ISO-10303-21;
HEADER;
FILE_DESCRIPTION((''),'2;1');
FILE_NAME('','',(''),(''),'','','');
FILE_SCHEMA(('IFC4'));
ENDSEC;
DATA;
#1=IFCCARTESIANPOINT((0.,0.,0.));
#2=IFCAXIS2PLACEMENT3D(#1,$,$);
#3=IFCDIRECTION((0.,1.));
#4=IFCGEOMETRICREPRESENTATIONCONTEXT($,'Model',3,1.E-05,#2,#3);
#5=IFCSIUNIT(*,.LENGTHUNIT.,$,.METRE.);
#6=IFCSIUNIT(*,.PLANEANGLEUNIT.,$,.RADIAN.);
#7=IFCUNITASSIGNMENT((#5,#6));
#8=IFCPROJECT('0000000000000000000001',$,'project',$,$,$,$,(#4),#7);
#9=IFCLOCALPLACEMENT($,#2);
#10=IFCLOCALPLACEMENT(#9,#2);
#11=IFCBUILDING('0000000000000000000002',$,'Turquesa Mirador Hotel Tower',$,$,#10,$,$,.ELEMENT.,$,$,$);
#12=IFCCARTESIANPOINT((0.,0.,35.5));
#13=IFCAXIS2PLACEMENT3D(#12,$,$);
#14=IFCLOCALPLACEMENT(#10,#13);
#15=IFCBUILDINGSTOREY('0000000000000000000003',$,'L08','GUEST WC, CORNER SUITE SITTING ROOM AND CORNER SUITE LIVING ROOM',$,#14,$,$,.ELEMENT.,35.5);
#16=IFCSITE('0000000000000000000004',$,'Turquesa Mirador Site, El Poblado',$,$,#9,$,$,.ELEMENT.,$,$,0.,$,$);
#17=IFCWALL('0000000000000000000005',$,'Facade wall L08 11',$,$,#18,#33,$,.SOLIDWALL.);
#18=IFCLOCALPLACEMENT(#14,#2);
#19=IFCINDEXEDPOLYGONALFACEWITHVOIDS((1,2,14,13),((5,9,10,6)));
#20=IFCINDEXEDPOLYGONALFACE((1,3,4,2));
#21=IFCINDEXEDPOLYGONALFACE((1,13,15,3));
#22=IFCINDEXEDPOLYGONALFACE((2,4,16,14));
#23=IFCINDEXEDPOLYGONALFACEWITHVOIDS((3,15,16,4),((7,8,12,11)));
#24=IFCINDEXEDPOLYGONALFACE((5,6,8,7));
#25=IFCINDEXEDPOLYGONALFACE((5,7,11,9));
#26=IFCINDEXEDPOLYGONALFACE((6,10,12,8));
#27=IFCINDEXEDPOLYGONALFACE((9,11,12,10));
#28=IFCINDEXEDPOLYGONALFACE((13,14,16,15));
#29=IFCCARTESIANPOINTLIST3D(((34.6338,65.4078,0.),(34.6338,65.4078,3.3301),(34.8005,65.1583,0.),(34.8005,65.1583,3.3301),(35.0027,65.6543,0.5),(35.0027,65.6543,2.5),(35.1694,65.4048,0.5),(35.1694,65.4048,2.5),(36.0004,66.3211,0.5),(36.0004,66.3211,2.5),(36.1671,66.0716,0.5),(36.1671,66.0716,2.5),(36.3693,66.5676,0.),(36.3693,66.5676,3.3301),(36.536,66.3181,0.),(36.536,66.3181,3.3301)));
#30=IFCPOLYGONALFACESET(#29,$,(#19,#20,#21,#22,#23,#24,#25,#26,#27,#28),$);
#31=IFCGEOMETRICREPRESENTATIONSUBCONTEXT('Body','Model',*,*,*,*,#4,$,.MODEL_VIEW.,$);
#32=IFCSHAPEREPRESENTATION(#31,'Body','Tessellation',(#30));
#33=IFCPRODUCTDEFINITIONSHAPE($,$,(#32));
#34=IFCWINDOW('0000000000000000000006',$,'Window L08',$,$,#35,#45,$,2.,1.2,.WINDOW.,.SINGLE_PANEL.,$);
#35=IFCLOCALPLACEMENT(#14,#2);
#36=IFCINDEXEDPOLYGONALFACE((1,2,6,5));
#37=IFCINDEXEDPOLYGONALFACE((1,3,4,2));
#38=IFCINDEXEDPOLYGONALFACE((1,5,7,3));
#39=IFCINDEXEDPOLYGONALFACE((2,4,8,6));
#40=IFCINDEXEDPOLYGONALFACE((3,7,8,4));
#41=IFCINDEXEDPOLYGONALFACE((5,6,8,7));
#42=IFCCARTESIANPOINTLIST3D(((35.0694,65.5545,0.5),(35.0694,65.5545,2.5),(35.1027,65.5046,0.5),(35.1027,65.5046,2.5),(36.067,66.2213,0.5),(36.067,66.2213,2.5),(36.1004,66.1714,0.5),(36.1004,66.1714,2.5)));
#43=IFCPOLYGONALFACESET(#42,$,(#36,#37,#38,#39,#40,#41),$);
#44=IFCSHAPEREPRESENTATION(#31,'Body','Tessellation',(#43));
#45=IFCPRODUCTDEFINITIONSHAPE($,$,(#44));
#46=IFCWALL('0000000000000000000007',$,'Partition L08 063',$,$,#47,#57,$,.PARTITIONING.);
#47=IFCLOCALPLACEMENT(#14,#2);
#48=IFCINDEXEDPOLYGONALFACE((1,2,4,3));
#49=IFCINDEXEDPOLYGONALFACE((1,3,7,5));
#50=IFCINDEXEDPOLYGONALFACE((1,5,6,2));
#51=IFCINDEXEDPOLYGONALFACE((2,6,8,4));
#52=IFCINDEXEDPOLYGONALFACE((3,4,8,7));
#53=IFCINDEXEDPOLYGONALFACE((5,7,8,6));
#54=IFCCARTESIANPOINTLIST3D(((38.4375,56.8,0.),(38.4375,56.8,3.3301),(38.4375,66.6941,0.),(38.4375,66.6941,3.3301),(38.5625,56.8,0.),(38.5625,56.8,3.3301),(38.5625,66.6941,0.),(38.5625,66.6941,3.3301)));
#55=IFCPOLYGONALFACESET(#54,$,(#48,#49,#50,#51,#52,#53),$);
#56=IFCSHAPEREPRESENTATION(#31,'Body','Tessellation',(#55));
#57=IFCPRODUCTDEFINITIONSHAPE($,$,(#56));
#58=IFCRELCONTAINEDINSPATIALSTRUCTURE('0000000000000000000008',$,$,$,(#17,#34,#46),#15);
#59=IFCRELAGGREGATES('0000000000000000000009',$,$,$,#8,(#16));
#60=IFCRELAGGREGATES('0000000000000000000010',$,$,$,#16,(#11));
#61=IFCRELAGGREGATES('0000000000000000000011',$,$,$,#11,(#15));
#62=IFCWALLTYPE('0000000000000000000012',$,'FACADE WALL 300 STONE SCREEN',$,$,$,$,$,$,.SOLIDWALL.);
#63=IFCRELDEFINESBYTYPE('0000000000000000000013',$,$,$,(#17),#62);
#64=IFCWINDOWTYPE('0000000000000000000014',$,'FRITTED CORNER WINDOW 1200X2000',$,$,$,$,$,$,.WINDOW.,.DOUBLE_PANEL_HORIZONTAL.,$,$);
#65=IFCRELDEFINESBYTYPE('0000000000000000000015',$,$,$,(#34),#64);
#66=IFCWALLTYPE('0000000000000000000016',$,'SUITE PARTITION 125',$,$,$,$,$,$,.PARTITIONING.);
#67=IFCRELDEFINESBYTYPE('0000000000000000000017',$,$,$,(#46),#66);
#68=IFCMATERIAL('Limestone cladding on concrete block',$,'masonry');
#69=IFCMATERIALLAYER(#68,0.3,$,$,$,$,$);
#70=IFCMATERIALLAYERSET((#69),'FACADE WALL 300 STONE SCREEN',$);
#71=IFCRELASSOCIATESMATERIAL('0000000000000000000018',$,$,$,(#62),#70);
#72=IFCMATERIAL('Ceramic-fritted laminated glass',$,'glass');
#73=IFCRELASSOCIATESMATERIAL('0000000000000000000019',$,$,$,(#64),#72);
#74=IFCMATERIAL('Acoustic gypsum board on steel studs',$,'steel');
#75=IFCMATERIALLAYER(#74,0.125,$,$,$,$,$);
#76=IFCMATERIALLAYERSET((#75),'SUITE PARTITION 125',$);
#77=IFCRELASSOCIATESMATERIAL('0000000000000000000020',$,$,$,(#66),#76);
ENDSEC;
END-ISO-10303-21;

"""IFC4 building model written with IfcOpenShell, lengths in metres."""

from ifc_helpers import new_model, si_unit, direction, frame, frame_2d, origin, place, context, subcontext, project, spatial, rectangle, extrude, material, layer, layer_set, type_object, element, fill, save


model = new_model("IFC4")

# Units and contexts
model_context = context("Model", 3, precision=1e-05, world=origin(), true_north=direction((0.0, 1.0)))
body_context = subcontext(model_context, "Body", "Model", "MODEL_VIEW")
ifc_project = project(units=[si_unit("LENGTHUNIT", "METRE"), si_unit("PLANEANGLEUNIT", "RADIAN")], contexts=[model_context])

# Site, building, storey
site_placement = place(None, origin())
site = spatial("IfcSite", under=ifc_project, at=site_placement, Name="Turquesa Mirador Site, El Poblado", CompositionType="ELEMENT", RefElevation=0.0)
building_placement = place(site_placement, origin())
building = spatial("IfcBuilding", under=site, at=building_placement, Name="Turquesa Mirador Hotel Tower", CompositionType="ELEMENT")
storey_placement = place(building_placement, frame((0.0, 0.0, 35.5)))
storey = spatial("IfcBuildingStorey", under=building, at=storey_placement, Name="L08", Description="GUEST WC, CORNER SUITE SITTING ROOM AND CORNER SUITE LIVING ROOM", CompositionType="ELEMENT", Elevation=35.5)

# Wall, opening, window
ifc_material_1 = material(Name="Limestone cladding on concrete block", Category="masonry")
ifc_layer_1 = layer(ifc_material_1, 0.3)
ifc_layer_set_1 = layer_set([ifc_layer_1], Name="FACADE WALL 300 STONE SCREEN")
wall_type_1 = type_object("IfcWallType", Name="FACADE WALL 300 STONE SCREEN", PredefinedType="SOLIDWALL", material=ifc_layer_set_1)
ifc_material_2 = material(Name="Ceramic-fritted laminated glass", Category="glass")
window_type = type_object("IfcWindowType", Name="FRITTED CORNER WINDOW 1200X2000", PartitioningType="DOUBLE_PANEL_HORIZONTAL", PredefinedType="WINDOW", material=ifc_material_2)
wall_1_placement = place(storey_placement, frame((36.4526, 66.4429, 0.0), z_axis=(0.0, 0.0, 1.0), x_axis=(-0.83142, -0.555644, 0.0)))
wall_1 = element("IfcWall", 1, at=wall_1_placement, inside=storey, type_object=wall_type_1, Name="Facade wall L08 11", PredefinedType="SOLIDWALL", context=body_context, shape_type="SweptSolid", body=[
    extrude(rectangle(XDim=2.0874, YDim=0.3, at=frame_2d((1.0437, 0.0))), origin(), (0.0, 0.0, 1.0), 3.3301),
])
opening_1_placement = place(wall_1_placement, frame((0.4436, 0.0, 0.5)))
opening_1 = element("IfcOpeningElement", 2, at=opening_1_placement, cuts=wall_1, PredefinedType="OPENING", context=body_context, shape_type="SweptSolid", body=[
    extrude(rectangle(XDim=1.2, YDim=2.0, at=frame_2d((0.6001, 1.0))), frame((0.0, 0.1599, 0.0), z_axis=(0.0, -1.0, 0.0), x_axis=(1.0, 0.0, 0.0)), (0.0, 0.0, 1.0), 0.3201),
])
window_1_placement = place(opening_1_placement, origin())
window_1 = element("IfcWindow", 3, at=window_1_placement, inside=storey, type_object=window_type, Name="Window L08", OverallHeight=2.0, OverallWidth=1.2, PartitioningType="SINGLE_PANEL", PredefinedType="WINDOW", context=body_context, shape_type="SweptSolid", body=[
    extrude(rectangle(XDim=1.2, YDim=2.0, at=frame_2d((0.6001, 1.0))), frame((0.0, 0.03, 0.0), z_axis=(0.0, -1.0, 0.0), x_axis=(1.0, 0.0, 0.0)), (0.0, 0.0, 1.0), 0.0601),
])
fill(opening_1, window_1)

# Wall
ifc_material_3 = material(Name="Acoustic gypsum board on steel studs", Category="steel")
ifc_layer_2 = layer(ifc_material_3, 0.125)
ifc_layer_set_2 = layer_set([ifc_layer_2], Name="SUITE PARTITION 125")
wall_type_2 = type_object("IfcWallType", Name="SUITE PARTITION 125", PredefinedType="PARTITIONING", material=ifc_layer_set_2)
wall_2_placement = place(storey_placement, frame((38.5, 56.8, 0.0), z_axis=(0.0, 0.0, 1.0), x_axis=(0.0, 1.0, 0.0)))
element("IfcWall", 4, at=wall_2_placement, inside=storey, type_object=wall_type_2, Name="Partition L08 063", PredefinedType="PARTITIONING", context=body_context, shape_type="SweptSolid", body=[
    extrude(rectangle(XDim=9.894, YDim=0.125, at=frame_2d((4.947, 0.0))), origin(), (0.0, 0.0, 1.0), 3.3301),
])

save(model, "model.ifc")
